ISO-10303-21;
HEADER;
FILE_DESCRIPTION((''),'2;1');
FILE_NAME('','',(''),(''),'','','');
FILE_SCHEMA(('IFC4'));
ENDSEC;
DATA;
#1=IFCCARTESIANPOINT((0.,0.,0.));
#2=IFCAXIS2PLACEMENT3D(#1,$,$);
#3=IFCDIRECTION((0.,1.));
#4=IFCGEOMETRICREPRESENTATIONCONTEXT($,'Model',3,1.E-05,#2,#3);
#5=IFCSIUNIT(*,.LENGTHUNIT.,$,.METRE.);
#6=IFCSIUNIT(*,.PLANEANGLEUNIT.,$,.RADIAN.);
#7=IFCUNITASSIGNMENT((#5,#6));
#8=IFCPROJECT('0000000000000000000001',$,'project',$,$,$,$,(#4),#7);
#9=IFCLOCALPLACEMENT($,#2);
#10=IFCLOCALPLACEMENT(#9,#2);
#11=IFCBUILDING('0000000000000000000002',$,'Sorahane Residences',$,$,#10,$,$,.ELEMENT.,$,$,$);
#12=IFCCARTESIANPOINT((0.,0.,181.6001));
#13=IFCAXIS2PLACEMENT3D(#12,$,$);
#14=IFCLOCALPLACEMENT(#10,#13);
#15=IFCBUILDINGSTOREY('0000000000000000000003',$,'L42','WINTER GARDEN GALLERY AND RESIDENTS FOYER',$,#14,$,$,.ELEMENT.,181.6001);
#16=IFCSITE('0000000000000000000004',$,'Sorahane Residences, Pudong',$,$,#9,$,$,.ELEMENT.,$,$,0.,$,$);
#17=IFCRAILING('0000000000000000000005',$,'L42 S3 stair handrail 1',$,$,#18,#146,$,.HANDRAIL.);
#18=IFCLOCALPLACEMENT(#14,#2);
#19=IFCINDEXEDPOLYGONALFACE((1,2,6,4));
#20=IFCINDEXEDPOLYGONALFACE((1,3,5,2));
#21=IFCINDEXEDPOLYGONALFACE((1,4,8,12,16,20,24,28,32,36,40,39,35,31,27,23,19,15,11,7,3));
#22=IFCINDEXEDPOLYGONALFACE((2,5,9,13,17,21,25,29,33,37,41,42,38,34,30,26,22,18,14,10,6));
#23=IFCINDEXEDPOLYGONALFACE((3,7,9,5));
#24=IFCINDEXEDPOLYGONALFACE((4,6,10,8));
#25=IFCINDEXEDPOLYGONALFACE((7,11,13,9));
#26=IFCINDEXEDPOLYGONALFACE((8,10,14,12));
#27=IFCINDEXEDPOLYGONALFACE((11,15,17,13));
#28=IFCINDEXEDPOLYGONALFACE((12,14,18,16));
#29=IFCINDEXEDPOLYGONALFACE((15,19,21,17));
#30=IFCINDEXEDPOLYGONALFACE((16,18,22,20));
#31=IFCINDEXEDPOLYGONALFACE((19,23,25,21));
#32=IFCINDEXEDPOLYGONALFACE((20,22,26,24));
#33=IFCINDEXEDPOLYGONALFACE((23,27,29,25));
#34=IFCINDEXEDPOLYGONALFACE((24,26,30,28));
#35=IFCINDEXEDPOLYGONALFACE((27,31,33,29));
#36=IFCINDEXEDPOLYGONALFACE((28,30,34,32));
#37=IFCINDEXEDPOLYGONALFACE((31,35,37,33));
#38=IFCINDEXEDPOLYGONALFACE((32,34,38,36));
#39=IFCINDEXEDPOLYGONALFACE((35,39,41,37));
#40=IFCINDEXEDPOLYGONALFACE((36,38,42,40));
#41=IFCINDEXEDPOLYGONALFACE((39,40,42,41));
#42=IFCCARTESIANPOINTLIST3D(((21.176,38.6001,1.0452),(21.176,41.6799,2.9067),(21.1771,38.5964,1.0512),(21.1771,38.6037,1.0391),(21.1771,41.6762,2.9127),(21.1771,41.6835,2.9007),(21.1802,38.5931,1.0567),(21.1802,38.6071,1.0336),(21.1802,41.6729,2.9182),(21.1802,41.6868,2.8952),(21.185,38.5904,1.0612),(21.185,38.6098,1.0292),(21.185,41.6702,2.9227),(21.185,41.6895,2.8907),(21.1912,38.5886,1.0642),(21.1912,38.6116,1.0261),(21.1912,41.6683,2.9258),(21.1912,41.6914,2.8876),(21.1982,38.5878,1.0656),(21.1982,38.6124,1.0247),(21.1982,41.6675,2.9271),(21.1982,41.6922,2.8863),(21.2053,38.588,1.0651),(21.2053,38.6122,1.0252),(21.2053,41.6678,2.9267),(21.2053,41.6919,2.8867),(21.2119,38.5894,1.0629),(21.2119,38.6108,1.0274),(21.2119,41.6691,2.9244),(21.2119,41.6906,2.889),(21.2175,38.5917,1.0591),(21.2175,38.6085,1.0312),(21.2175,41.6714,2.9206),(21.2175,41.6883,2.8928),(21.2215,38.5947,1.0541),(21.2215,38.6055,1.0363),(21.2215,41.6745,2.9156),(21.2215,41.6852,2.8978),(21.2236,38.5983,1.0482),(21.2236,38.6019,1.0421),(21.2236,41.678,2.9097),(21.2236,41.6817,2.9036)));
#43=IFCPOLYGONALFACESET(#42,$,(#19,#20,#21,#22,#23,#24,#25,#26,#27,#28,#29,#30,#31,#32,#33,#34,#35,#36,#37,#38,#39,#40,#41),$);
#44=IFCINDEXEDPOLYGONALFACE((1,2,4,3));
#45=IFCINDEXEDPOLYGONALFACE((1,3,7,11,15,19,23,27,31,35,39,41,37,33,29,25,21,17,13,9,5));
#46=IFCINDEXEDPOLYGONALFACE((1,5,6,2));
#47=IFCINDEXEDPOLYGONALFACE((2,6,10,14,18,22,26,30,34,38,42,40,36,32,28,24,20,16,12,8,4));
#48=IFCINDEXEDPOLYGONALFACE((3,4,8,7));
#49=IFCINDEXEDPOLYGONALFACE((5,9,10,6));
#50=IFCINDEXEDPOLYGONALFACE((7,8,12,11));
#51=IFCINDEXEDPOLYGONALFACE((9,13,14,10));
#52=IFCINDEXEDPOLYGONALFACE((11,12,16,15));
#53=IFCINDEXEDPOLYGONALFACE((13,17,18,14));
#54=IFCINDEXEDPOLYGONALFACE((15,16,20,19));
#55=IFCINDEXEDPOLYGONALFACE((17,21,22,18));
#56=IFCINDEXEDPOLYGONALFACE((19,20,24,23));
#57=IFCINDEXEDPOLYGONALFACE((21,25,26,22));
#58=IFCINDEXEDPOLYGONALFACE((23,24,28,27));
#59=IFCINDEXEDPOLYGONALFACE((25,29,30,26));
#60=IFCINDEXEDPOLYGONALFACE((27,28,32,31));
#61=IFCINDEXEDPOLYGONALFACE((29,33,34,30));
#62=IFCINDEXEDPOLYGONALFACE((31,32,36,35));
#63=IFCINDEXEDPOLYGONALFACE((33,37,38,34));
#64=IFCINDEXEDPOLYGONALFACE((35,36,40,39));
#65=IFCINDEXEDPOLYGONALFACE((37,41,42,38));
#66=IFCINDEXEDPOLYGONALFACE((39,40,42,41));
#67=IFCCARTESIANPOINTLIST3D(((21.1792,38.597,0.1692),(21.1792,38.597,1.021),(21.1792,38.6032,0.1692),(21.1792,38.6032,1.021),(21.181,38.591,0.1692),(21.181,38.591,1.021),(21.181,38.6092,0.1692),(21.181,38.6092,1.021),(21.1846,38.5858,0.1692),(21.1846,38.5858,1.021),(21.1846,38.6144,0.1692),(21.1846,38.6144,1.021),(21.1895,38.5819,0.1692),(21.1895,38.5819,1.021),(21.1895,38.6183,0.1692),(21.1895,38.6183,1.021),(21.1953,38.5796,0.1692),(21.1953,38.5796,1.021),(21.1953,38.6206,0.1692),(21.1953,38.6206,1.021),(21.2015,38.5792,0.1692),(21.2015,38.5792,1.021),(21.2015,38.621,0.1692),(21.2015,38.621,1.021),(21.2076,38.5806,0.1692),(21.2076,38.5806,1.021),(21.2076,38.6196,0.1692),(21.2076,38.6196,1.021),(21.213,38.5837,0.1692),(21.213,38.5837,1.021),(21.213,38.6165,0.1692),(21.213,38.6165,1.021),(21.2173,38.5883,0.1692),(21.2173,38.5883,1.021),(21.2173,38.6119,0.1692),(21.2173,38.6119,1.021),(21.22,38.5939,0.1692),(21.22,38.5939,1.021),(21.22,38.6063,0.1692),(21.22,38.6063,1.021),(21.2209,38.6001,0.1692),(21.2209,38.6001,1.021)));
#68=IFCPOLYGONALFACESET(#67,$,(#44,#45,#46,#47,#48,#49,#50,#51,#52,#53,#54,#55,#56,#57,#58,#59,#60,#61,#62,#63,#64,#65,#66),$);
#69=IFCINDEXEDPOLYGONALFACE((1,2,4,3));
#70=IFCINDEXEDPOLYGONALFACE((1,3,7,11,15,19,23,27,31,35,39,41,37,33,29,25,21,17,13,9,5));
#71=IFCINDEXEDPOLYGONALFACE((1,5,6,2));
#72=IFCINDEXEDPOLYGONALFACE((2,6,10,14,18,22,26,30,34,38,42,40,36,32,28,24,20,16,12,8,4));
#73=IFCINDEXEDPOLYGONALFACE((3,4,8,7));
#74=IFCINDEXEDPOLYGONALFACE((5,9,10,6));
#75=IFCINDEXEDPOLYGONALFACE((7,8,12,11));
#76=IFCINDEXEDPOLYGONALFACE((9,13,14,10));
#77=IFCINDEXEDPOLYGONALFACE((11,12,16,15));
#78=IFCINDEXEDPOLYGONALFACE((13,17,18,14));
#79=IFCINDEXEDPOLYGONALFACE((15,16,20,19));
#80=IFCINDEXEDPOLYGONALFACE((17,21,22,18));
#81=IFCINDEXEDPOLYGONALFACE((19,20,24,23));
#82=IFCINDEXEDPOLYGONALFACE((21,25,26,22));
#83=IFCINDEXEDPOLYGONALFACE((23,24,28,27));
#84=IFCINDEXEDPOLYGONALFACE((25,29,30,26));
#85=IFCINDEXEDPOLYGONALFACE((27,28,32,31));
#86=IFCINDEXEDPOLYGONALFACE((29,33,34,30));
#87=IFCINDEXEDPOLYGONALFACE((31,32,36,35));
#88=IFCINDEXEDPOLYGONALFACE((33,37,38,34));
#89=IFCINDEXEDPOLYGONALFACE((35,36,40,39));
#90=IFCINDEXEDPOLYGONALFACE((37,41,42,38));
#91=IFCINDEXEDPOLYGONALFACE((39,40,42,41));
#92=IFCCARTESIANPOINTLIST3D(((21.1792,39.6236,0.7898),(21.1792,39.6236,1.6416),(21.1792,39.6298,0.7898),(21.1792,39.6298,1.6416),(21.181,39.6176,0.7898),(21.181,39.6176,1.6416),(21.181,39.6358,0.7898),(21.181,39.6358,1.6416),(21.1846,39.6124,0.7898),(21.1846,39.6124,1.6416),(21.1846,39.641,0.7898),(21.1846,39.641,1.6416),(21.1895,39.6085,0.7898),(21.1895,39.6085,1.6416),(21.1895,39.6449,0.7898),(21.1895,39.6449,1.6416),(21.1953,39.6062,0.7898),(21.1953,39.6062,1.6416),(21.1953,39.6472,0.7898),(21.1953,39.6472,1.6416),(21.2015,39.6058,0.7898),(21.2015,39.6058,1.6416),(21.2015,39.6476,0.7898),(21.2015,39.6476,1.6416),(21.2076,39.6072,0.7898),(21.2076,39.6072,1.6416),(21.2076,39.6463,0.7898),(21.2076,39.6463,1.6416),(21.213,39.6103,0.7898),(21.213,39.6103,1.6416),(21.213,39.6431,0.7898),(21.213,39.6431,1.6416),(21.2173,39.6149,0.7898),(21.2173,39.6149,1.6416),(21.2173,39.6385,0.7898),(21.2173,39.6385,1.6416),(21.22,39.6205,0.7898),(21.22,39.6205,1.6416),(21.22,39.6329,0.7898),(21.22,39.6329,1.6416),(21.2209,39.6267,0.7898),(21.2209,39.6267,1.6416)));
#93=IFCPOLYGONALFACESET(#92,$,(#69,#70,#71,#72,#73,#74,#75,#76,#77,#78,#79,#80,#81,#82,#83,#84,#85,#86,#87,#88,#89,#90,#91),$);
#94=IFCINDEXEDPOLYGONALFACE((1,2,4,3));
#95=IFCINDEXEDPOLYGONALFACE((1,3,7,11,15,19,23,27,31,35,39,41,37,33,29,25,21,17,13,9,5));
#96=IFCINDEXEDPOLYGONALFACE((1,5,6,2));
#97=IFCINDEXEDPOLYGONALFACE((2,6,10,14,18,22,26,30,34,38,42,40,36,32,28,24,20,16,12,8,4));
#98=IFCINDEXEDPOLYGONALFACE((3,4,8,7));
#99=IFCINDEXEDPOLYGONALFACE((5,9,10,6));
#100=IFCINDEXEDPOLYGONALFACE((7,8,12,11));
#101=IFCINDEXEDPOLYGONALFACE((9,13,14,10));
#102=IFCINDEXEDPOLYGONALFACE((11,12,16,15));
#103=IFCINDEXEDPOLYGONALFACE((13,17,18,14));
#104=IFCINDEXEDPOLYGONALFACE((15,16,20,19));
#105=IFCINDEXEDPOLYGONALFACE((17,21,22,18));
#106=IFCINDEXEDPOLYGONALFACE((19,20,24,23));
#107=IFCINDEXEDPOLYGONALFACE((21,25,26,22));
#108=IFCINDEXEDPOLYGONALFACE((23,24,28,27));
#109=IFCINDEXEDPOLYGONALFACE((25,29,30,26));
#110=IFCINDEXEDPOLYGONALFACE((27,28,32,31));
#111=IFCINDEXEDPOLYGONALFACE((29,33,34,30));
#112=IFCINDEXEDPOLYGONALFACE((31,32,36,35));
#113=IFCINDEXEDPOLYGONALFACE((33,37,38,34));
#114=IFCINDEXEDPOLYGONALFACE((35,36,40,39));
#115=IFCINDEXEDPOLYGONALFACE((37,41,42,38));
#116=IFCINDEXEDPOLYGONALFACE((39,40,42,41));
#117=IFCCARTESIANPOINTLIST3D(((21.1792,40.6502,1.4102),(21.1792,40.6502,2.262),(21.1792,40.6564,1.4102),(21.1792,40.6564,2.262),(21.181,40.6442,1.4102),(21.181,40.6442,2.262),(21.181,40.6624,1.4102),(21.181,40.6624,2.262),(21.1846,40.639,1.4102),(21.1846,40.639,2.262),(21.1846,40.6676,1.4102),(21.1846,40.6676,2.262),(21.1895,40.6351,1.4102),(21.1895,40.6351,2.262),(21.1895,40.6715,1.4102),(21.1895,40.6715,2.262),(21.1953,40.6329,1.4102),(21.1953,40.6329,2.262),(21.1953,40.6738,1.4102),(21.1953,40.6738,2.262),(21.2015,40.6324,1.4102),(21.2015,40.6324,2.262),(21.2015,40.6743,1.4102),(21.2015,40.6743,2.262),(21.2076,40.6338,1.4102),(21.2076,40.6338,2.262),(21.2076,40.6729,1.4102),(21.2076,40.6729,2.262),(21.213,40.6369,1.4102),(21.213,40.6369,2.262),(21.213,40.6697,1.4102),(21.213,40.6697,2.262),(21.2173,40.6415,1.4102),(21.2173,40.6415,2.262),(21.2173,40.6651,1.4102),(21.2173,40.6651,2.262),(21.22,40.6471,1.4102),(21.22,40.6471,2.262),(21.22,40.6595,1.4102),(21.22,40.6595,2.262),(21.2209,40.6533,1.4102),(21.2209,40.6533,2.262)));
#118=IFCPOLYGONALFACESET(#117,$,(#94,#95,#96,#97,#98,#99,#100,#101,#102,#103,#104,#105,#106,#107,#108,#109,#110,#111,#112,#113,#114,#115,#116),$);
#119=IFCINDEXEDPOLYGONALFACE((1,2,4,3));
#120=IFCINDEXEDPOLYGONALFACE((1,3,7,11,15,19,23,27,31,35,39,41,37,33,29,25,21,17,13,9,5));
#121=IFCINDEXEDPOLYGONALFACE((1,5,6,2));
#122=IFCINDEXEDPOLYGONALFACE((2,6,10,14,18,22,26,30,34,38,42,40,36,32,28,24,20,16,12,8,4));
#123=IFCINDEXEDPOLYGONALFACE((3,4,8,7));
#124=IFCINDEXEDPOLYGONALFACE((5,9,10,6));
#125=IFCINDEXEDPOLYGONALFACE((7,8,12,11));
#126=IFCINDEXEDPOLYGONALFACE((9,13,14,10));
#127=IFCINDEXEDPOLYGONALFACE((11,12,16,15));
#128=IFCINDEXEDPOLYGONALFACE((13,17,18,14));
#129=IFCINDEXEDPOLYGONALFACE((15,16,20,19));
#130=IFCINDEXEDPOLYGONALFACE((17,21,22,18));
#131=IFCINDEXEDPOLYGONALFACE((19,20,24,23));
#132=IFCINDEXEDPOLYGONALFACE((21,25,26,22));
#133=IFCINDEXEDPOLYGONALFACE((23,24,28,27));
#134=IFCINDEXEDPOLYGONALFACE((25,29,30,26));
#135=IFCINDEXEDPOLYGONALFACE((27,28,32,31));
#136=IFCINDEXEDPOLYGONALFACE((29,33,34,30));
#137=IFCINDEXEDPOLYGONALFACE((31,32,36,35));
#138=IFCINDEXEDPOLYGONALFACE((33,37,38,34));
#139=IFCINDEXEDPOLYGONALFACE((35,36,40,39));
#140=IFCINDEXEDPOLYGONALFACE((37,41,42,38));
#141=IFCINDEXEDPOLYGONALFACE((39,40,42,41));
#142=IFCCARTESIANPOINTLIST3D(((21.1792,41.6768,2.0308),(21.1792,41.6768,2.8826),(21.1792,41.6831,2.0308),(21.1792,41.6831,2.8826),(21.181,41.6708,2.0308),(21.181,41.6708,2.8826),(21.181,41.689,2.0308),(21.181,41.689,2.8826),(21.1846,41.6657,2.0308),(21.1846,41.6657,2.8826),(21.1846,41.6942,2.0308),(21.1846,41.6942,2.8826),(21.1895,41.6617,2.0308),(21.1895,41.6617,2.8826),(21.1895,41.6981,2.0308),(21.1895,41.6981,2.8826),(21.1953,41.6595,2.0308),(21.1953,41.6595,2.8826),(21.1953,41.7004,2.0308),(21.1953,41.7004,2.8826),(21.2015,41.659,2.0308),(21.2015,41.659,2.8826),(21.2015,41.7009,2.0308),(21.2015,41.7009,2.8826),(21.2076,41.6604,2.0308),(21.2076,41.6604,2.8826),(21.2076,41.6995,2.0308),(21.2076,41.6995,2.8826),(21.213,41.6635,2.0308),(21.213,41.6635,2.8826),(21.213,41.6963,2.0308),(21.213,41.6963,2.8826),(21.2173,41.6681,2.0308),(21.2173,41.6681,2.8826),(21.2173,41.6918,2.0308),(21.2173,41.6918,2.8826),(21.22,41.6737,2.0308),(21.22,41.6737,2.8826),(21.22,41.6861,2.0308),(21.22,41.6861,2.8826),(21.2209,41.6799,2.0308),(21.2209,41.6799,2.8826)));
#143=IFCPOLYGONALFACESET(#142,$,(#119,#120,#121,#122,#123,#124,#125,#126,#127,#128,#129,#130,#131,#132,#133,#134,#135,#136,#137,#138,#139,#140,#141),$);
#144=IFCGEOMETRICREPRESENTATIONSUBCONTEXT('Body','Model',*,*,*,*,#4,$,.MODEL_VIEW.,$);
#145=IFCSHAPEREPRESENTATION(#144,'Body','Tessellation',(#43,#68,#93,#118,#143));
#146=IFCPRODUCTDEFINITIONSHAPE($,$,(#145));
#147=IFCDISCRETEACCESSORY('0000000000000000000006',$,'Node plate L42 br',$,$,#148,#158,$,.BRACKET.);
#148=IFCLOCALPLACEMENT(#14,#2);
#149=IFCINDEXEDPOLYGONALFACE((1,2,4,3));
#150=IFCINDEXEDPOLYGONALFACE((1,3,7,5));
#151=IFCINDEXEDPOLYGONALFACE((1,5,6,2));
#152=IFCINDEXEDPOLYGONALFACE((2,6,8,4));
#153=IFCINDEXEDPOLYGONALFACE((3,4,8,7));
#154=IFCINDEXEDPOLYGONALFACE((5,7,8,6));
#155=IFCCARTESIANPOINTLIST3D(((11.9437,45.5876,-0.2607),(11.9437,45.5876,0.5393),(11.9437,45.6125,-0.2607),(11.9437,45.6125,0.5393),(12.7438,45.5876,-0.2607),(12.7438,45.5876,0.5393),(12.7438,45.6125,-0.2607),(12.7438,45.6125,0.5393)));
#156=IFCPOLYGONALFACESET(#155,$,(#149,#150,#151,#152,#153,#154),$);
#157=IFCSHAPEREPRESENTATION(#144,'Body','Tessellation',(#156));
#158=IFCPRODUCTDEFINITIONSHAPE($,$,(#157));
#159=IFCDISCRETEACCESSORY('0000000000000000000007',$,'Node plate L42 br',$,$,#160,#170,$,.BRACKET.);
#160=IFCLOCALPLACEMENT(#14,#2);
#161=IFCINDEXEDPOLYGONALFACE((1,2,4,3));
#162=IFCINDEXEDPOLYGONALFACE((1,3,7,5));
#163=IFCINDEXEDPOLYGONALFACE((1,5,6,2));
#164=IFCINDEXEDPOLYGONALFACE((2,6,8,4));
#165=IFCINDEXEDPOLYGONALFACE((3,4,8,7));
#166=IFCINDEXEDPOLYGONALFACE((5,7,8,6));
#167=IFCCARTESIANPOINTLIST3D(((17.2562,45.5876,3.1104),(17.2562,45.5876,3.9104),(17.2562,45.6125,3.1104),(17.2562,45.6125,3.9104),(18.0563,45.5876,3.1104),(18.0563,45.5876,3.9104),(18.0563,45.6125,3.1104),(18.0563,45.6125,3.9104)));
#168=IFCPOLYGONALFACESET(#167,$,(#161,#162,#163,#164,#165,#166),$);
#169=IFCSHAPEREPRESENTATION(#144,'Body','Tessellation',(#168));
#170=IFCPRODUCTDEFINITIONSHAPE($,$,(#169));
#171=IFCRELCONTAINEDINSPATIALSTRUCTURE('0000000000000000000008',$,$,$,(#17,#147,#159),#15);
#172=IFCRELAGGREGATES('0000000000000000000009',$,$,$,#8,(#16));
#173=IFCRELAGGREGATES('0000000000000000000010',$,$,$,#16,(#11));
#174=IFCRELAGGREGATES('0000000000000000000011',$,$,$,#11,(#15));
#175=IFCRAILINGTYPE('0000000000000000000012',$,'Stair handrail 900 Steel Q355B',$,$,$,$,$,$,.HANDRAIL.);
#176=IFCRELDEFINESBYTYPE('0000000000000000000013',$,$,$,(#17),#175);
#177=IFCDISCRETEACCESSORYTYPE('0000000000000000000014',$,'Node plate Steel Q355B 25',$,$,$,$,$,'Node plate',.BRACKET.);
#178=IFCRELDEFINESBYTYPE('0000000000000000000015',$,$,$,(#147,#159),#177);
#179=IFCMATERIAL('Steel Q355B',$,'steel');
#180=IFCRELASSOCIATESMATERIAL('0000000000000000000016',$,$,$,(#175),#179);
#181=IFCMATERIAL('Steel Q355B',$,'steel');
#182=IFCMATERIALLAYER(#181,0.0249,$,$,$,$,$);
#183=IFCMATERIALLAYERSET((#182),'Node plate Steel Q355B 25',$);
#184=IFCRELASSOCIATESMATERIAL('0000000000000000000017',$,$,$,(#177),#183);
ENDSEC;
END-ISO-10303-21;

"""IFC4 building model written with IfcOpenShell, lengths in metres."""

from ifc_helpers import new_model, si_unit, direction, frame, origin, origin_2d, place, context, subcontext, project, spatial, rectangle, circle, extrude, material, layer, layer_set, type_object, element, save


model = new_model("IFC4")

# Units and contexts
model_context = context("Model", 3, precision=1e-05, world=origin(), true_north=direction((0.0, 1.0)))
body_context = subcontext(model_context, "Body", "Model", "MODEL_VIEW")
ifc_project = project(units=[si_unit("LENGTHUNIT", "METRE"), si_unit("PLANEANGLEUNIT", "RADIAN")], contexts=[model_context])

# Site, building, storey
site_placement = place(None, origin())
site = spatial("IfcSite", under=ifc_project, at=site_placement, Name="Sorahane Residences, Pudong", CompositionType="ELEMENT", RefElevation=0.0)
building_placement = place(site_placement, origin())
building = spatial("IfcBuilding", under=site, at=building_placement, Name="Sorahane Residences", CompositionType="ELEMENT")
storey_placement = place(building_placement, frame((0.0, 0.0, 181.6001)))
storey = spatial("IfcBuildingStorey", under=building, at=storey_placement, Name="L42", Description="WINTER GARDEN GALLERY AND RESIDENTS FOYER", CompositionType="ELEMENT", Elevation=181.6001)

# Railing
ifc_material_1 = material(Name="Steel Q355B", Category="steel")
railing_type = type_object("IfcRailingType", Name="Stair handrail 900 Steel Q355B", PredefinedType="HANDRAIL", material=ifc_material_1)
railing_placement = place(storey_placement, frame((21.2, 38.6001, 0.1692)))
element("IfcRailing", 1, at=railing_placement, inside=storey, type_object=railing_type, Name="L42 S3 stair handrail 1", PredefinedType="HANDRAIL", context=body_context, shape_type="SweptSolid", body=[
    extrude(circle(Radius=0.0239, at=origin_2d()), frame((0.0, 0.0, 0.876), z_axis=(0.0, 0.855812, 0.517286), x_axis=(-1.0, 0.0, 0.0)), (0.0, 0.0, 1.0), 3.5986),
    extrude(circle(Radius=0.021, at=origin_2d()), origin(), (0.0, 0.0, 1.0), 0.8518),
    extrude(circle(Radius=0.021, at=origin_2d()), frame((0.0, 1.0266, 0.6206)), (0.0, 0.0, 1.0), 0.8518),
    extrude(circle(Radius=0.021, at=origin_2d()), frame((0.0, 2.0532, 1.241)), (0.0, 0.0, 1.0), 0.8518),
    extrude(circle(Radius=0.021, at=origin_2d()), frame((0.0, 3.0798, 1.8616)), (0.0, 0.0, 1.0), 0.8518),
])

# Discrete accessories
ifc_material_2 = material(Name="Steel Q355B", Category="steel")
ifc_layer_1 = layer(ifc_material_2, 0.0249)
ifc_layer_set_1 = layer_set([ifc_layer_1], Name="Node plate Steel Q355B 25")
discrete_accessory_type = type_object("IfcDiscreteAccessoryType", Name="Node plate Steel Q355B 25", ElementType="Node plate", PredefinedType="BRACKET", material=ifc_layer_set_1)
for number, where, z_axis, x_axis, name in (
    (2, (12.3438, 45.6001, -0.2607), (0.0, 0.0, 1.0), (1.0, 0.0, 0.0), "Node plate L42 br"),
    (3, (17.6562, 45.6001, 3.1104), (0.0, 0.0, 1.0), (1.0, 0.0, 0.0), "Node plate L42 br"),
):
    element("IfcDiscreteAccessory", number, at=place(storey_placement, frame(where, z_axis=z_axis, x_axis=x_axis)), inside=storey, type_object=discrete_accessory_type, Name=name, PredefinedType="BRACKET", context=body_context, shape_type="SweptSolid", body=[
        extrude(rectangle(XDim=0.8, YDim=0.0249, at=origin_2d()), origin(), (0.0, 0.0, 1.0), 0.8),
    ])

save(model, "model.ifc")
